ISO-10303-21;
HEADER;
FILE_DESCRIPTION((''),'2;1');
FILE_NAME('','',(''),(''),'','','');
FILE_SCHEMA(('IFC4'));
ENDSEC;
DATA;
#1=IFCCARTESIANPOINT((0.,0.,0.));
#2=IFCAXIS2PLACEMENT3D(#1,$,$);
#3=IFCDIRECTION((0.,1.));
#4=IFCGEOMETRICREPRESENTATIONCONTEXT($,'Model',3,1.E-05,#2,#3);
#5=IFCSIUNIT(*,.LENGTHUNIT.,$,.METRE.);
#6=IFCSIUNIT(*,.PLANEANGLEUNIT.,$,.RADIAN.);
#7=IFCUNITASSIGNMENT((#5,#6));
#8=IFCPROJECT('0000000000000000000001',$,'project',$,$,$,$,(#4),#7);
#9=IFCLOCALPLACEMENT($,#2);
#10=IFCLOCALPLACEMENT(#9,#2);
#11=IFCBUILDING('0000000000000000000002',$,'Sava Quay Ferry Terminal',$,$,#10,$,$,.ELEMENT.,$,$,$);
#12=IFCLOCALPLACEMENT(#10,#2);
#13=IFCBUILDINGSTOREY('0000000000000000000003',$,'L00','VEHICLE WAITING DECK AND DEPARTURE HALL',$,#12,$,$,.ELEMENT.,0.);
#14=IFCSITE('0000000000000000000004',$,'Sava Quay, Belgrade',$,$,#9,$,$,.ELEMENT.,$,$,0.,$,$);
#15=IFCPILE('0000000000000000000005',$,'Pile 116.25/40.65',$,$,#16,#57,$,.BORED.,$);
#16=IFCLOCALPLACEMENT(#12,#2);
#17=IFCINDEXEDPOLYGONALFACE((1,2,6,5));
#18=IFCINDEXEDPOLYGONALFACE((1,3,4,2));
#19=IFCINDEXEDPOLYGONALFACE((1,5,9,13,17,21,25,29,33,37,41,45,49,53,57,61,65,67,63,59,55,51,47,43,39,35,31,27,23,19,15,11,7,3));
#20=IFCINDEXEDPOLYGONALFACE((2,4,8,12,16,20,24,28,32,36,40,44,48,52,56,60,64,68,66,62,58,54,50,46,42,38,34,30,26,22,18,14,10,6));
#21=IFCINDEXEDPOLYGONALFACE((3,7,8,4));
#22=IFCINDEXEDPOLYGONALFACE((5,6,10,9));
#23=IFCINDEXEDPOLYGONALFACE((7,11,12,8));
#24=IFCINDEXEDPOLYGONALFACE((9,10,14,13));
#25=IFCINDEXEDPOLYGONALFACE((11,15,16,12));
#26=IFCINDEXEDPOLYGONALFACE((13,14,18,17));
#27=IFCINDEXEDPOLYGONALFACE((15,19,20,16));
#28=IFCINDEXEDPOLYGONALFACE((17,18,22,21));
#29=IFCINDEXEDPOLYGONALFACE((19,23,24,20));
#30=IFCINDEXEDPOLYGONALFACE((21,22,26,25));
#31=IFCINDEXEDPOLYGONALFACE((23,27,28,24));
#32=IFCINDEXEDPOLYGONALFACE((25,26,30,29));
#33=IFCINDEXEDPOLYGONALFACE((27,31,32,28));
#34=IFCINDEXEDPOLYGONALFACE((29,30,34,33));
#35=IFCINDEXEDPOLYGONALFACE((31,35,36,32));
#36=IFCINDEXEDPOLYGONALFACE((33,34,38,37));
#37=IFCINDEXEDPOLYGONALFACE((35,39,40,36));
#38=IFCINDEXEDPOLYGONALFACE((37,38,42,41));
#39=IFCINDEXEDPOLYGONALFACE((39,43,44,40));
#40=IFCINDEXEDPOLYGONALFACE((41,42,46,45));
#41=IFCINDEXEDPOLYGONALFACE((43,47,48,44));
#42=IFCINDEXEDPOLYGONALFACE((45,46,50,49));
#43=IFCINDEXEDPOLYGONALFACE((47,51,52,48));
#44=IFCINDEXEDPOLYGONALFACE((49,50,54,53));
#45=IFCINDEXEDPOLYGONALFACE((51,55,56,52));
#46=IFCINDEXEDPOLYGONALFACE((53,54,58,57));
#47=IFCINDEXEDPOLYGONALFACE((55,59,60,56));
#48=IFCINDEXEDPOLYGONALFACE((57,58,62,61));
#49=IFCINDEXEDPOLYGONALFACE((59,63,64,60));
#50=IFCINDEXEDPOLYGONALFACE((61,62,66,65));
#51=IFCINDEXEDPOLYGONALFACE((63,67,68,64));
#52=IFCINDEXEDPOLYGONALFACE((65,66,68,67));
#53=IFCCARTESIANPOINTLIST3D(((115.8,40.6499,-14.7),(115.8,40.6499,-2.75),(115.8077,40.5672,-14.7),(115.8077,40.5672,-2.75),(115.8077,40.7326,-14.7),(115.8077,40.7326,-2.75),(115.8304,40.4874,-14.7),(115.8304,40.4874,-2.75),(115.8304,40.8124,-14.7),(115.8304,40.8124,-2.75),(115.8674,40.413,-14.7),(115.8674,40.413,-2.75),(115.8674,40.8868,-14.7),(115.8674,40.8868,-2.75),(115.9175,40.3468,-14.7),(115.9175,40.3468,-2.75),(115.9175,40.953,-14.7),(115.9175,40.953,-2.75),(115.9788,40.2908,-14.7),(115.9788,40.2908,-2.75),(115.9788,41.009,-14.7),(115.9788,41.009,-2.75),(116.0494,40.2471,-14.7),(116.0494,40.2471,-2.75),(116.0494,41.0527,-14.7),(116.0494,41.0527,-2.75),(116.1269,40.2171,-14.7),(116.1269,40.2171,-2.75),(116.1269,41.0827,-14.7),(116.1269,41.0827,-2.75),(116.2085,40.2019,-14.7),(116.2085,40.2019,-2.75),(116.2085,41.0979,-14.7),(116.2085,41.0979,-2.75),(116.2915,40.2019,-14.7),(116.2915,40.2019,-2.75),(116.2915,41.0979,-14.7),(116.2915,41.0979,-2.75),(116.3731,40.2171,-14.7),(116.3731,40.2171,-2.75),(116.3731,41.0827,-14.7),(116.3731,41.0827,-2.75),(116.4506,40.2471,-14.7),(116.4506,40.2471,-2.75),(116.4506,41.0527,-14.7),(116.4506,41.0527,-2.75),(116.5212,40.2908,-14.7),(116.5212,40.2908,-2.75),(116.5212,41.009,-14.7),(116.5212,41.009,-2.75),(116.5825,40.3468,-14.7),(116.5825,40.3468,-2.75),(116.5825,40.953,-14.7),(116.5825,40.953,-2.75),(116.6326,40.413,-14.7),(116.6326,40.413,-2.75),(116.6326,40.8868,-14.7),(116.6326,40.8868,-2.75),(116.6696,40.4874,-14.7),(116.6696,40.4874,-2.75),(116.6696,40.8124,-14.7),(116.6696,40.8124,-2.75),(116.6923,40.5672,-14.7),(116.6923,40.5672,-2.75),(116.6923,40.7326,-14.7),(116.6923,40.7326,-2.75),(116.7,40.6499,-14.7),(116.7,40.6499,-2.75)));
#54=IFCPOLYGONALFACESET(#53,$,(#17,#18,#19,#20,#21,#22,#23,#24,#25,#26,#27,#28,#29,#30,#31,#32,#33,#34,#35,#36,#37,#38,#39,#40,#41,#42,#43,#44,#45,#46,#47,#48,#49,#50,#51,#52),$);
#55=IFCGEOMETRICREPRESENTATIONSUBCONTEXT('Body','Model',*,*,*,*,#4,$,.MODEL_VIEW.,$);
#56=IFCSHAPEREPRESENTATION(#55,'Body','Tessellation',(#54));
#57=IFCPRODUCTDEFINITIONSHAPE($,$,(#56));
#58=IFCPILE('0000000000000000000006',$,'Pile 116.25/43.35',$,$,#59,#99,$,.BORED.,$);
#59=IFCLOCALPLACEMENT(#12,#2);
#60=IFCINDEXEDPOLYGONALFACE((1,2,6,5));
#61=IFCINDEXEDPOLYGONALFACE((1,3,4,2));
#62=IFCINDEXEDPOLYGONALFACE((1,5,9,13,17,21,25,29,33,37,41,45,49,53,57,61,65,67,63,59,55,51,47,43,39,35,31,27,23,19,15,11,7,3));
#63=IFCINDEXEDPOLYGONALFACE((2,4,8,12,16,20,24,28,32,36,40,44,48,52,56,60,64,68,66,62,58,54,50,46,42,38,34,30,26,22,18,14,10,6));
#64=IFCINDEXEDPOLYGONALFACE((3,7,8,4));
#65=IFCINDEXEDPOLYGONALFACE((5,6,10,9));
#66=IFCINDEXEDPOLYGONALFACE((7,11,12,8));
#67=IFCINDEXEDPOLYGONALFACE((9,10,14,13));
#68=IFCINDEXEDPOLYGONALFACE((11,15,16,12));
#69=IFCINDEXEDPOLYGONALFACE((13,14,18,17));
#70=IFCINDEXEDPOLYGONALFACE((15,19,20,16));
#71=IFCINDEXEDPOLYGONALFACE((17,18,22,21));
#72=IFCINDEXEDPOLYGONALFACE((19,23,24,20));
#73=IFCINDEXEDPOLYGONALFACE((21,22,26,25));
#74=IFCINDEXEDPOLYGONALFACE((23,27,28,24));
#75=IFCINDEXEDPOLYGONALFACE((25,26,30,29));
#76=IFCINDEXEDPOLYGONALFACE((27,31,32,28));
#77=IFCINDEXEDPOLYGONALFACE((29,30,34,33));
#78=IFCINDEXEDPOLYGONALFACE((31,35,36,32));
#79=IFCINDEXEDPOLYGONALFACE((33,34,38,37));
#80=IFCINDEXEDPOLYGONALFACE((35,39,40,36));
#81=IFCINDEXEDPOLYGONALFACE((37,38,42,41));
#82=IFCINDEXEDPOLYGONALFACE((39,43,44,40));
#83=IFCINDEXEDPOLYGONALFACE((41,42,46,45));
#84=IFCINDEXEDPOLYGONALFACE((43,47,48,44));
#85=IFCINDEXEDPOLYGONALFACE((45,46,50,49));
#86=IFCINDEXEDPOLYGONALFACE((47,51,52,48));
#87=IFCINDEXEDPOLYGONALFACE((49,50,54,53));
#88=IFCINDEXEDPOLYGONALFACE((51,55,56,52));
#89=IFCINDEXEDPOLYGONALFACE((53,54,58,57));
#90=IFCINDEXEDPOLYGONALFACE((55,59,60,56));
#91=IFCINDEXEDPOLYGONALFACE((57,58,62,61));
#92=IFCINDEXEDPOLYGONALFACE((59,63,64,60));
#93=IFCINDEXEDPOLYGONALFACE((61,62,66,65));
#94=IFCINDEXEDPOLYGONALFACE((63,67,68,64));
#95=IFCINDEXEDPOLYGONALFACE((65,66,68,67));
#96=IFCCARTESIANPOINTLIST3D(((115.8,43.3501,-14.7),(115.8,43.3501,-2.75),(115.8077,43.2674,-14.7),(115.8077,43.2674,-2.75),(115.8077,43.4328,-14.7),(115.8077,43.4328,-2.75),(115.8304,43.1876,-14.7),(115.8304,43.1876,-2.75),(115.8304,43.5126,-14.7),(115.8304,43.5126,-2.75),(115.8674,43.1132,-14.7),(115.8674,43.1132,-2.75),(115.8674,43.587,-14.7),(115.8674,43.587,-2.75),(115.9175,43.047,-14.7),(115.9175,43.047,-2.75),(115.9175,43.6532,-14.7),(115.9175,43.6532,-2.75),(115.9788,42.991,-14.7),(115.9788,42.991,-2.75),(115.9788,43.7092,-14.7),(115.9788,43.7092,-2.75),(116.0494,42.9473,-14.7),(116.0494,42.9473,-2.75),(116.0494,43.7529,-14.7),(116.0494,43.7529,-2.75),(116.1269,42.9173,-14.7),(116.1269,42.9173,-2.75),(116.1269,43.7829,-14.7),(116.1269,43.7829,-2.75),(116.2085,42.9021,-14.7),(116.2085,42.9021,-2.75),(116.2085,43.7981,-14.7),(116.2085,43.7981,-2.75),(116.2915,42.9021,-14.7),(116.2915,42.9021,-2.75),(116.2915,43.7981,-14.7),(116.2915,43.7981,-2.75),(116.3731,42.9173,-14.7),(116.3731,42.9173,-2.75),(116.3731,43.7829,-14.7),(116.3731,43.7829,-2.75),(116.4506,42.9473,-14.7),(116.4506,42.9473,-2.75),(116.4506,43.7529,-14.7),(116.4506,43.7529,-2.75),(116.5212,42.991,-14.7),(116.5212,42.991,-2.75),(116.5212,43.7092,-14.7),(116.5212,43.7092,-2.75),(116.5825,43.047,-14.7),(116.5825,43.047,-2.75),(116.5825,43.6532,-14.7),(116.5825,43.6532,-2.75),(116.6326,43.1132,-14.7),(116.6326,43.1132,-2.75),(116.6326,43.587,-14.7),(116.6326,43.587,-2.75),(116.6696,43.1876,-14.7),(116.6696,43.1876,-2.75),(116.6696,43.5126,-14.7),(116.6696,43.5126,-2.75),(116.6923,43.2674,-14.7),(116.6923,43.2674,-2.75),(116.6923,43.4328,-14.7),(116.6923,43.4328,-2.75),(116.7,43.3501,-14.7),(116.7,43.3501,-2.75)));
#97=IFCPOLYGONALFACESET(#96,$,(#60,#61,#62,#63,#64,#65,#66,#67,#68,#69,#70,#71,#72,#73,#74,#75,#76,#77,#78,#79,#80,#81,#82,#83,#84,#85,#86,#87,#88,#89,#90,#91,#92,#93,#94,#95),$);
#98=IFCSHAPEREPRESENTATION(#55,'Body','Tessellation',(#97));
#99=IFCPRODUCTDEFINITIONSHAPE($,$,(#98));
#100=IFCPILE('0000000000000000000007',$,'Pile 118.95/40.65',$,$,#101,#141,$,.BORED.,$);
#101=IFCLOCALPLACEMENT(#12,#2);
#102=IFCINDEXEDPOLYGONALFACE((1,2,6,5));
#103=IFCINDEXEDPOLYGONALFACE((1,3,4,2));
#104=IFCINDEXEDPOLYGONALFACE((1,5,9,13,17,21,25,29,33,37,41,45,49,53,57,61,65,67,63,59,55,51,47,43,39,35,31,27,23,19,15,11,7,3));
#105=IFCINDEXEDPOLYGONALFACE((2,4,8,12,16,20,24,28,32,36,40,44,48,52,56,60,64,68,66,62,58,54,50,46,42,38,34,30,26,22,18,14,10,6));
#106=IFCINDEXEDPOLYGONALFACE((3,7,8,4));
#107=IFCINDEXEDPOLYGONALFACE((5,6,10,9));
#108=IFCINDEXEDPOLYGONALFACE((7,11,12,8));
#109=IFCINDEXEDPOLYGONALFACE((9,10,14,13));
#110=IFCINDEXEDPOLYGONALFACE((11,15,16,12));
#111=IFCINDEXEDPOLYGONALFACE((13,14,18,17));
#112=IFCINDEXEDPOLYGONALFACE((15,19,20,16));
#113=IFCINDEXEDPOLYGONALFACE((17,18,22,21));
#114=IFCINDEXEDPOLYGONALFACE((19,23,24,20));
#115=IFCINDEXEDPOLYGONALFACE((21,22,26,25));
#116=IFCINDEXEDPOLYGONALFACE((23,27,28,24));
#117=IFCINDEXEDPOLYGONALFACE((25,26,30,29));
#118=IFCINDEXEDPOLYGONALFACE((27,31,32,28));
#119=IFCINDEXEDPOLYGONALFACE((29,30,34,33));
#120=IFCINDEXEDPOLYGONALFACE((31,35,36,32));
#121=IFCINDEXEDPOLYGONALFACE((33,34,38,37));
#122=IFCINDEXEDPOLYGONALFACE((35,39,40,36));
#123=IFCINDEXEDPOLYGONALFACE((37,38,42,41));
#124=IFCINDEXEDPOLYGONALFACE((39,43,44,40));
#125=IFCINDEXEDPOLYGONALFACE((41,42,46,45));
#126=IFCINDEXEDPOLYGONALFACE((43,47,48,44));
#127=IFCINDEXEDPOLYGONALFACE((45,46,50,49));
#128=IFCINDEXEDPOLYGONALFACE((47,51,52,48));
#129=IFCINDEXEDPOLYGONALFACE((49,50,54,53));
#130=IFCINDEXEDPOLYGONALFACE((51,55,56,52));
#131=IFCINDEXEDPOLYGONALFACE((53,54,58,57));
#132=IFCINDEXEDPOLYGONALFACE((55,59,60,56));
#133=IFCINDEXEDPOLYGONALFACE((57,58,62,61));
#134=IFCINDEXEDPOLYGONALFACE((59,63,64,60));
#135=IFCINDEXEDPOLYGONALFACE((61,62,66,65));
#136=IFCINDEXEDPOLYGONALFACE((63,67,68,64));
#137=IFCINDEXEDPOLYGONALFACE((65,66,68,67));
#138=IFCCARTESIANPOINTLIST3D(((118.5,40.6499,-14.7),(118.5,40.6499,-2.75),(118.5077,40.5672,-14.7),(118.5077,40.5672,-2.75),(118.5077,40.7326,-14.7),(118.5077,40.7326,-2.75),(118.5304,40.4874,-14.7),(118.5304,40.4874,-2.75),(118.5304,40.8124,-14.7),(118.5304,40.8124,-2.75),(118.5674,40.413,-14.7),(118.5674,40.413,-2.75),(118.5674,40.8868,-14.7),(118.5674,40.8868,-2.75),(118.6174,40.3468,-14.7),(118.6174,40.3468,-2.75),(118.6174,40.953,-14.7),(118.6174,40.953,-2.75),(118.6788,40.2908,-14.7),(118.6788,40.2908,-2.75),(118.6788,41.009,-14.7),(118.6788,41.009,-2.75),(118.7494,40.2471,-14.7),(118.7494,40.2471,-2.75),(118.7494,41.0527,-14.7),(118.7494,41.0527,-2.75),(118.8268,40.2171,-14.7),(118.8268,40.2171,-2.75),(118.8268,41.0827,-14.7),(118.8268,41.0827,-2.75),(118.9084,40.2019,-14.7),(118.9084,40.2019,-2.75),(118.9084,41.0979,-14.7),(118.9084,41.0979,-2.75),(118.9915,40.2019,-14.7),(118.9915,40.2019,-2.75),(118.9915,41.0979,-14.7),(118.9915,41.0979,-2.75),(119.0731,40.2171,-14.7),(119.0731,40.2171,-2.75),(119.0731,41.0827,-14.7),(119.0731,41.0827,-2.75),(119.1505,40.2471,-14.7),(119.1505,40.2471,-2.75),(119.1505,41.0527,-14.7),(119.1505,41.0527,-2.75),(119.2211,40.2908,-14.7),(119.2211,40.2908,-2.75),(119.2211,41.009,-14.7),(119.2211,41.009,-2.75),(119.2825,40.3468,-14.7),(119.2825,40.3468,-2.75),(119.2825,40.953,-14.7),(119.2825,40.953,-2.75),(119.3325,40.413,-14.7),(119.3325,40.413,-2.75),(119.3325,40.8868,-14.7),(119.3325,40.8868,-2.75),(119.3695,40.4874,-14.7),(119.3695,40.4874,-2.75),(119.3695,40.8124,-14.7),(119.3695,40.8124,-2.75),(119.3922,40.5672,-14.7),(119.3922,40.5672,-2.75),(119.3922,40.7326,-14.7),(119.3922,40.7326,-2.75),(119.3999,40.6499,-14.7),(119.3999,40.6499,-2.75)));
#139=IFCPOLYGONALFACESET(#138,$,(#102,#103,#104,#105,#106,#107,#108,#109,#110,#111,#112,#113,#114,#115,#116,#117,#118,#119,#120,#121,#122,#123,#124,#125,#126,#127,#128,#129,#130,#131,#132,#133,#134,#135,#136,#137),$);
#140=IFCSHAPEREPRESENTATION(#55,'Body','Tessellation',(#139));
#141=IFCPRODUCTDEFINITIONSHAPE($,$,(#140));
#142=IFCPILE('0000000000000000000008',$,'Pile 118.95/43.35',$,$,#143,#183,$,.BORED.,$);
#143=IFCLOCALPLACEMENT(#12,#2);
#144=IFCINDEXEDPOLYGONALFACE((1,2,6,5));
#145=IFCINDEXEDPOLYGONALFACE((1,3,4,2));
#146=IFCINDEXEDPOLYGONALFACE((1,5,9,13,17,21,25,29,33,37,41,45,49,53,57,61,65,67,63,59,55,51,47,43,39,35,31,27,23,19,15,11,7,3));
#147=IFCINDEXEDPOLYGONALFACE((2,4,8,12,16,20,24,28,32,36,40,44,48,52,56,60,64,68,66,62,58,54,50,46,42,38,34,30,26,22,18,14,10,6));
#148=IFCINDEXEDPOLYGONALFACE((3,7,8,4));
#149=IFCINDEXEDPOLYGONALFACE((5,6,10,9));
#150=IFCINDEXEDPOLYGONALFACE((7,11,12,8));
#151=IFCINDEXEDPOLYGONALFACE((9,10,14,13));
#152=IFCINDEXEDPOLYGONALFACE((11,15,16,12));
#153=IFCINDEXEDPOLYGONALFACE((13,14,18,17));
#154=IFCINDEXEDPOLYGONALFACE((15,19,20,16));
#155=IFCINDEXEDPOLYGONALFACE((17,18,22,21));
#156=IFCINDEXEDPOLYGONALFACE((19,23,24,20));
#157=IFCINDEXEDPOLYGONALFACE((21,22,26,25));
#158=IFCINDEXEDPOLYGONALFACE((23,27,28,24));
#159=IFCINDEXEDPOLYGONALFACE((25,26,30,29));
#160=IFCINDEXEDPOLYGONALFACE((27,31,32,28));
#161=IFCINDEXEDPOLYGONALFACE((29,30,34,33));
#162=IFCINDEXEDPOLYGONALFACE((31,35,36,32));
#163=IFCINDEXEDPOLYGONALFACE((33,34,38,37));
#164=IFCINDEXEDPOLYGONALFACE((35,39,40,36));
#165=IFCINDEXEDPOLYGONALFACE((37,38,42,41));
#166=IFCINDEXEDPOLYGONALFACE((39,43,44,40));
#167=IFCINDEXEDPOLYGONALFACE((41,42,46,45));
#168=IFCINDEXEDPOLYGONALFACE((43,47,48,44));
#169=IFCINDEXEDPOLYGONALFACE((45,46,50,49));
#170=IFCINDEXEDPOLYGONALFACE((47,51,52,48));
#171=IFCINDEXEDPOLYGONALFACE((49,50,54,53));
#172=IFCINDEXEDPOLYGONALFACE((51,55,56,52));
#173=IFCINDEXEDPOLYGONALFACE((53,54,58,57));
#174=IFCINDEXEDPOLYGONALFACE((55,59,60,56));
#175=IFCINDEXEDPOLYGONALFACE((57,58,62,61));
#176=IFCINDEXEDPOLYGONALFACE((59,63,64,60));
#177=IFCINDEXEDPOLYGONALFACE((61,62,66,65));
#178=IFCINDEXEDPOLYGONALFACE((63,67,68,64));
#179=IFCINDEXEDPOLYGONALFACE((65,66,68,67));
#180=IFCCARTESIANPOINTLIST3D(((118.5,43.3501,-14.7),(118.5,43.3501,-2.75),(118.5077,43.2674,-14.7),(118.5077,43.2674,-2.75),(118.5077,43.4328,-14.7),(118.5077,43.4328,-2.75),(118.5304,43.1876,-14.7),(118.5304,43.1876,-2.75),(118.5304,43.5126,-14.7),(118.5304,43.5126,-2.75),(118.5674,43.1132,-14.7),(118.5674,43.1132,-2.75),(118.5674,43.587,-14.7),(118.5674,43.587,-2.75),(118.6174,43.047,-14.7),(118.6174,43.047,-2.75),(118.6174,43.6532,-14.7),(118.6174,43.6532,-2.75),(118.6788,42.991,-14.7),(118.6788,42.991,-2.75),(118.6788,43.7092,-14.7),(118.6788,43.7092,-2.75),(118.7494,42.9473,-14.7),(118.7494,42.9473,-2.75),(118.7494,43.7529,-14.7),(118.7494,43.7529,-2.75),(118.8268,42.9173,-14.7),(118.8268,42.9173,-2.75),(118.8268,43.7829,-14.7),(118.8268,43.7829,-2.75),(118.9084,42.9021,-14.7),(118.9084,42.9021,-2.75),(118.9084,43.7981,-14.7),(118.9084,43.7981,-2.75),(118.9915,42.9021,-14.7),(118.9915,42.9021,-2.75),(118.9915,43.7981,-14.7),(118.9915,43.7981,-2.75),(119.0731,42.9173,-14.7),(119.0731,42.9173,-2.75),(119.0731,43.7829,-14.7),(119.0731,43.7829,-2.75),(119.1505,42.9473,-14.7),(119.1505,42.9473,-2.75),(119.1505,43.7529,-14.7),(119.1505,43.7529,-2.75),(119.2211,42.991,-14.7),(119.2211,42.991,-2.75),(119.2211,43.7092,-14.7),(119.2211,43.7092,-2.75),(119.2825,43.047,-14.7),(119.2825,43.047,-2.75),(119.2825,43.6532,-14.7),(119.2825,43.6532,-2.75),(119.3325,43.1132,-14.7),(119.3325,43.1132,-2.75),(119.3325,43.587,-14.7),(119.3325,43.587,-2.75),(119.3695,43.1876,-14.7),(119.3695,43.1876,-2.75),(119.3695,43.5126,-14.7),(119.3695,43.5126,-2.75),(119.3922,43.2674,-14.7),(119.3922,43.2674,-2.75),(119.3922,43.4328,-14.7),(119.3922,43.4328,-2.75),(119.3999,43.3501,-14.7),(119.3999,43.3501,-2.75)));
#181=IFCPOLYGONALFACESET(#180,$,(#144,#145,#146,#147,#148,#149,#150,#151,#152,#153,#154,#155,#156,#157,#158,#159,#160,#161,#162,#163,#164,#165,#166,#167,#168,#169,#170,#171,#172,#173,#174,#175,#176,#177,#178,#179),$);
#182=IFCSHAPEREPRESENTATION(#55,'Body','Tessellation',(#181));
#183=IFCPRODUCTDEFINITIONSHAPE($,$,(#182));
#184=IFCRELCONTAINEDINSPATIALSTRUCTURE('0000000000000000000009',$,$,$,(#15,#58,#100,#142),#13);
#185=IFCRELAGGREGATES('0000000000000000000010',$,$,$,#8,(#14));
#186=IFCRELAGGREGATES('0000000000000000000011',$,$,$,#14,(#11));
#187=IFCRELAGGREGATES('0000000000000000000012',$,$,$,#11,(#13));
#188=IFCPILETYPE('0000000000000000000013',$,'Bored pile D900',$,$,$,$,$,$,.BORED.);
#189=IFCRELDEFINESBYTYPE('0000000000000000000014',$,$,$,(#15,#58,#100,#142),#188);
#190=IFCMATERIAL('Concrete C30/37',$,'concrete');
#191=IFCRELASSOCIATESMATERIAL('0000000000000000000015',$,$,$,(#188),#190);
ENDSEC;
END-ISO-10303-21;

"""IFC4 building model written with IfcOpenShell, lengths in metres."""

from ifc_helpers import new_model, si_unit, direction, frame, origin, origin_2d, place, context, subcontext, project, spatial, circle, extrude, material, material_profile, profile_set, type_object, element, save


model = new_model("IFC4")

# Units and contexts
model_context = context("Model", 3, precision=1e-05, world=origin(), true_north=direction((0.0, 1.0)))
body_context = subcontext(model_context, "Body", "Model", "MODEL_VIEW")
ifc_project = project(units=[si_unit("LENGTHUNIT", "METRE"), si_unit("PLANEANGLEUNIT", "RADIAN")], contexts=[model_context])

# Site, building, storey
site_placement = place(None, origin())
site = spatial("IfcSite", under=ifc_project, at=site_placement, Name="Sava Quay, Belgrade", CompositionType="ELEMENT", RefElevation=0.0)
building_placement = place(site_placement, origin())
building = spatial("IfcBuilding", under=site, at=building_placement, Name="Sava Quay Ferry Terminal", CompositionType="ELEMENT")
storey_placement = place(building_placement, origin())
storey = spatial("IfcBuildingStorey", under=building, at=storey_placement, Name="L00", Description="VEHICLE WAITING DECK AND DEPARTURE HALL", CompositionType="ELEMENT", Elevation=0.0)

# Piles
ifc_material_1 = material(Name="Concrete C30/37", Category="concrete")
ifc_material_profile_1 = material_profile(ifc_material_1, circle(Radius=0.45, at=origin_2d()), Name="Bored pile D900")
ifc_profile_set_1 = profile_set([ifc_material_profile_1], Name="Concrete C30/37")
pile_type = type_object("IfcPileType", Name="Bored pile D900", PredefinedType="BORED", material=ifc_profile_set_1)
for number, where, z_axis, x_axis, name in (
    (1, (116.25, 40.6499, -2.75), (0.0, 0.0, -1.0), (1.0, 0.0, 0.0), "Pile 116.25/40.65"),
    (2, (116.25, 43.3501, -2.75), (0.0, 0.0, -1.0), (1.0, 0.0, 0.0), "Pile 116.25/43.35"),
    (3, (118.95, 40.6499, -2.75), (0.0, 0.0, -1.0), (1.0, 0.0, 0.0), "Pile 118.95/40.65"),
    (4, (118.95, 43.3501, -2.75), (0.0, 0.0, -1.0), (1.0, 0.0, 0.0), "Pile 118.95/43.35"),
):
    element("IfcPile", number, at=place(storey_placement, frame(where, z_axis=z_axis, x_axis=x_axis)), inside=storey, type_object=pile_type, Name=name, PredefinedType="BORED", context=body_context, shape_type="SweptSolid", body=[
        extrude(circle(Radius=0.45, at=origin_2d()), origin(), (0.0, 0.0, 1.0), 11.95),
    ])

save(model, "model.ifc")
